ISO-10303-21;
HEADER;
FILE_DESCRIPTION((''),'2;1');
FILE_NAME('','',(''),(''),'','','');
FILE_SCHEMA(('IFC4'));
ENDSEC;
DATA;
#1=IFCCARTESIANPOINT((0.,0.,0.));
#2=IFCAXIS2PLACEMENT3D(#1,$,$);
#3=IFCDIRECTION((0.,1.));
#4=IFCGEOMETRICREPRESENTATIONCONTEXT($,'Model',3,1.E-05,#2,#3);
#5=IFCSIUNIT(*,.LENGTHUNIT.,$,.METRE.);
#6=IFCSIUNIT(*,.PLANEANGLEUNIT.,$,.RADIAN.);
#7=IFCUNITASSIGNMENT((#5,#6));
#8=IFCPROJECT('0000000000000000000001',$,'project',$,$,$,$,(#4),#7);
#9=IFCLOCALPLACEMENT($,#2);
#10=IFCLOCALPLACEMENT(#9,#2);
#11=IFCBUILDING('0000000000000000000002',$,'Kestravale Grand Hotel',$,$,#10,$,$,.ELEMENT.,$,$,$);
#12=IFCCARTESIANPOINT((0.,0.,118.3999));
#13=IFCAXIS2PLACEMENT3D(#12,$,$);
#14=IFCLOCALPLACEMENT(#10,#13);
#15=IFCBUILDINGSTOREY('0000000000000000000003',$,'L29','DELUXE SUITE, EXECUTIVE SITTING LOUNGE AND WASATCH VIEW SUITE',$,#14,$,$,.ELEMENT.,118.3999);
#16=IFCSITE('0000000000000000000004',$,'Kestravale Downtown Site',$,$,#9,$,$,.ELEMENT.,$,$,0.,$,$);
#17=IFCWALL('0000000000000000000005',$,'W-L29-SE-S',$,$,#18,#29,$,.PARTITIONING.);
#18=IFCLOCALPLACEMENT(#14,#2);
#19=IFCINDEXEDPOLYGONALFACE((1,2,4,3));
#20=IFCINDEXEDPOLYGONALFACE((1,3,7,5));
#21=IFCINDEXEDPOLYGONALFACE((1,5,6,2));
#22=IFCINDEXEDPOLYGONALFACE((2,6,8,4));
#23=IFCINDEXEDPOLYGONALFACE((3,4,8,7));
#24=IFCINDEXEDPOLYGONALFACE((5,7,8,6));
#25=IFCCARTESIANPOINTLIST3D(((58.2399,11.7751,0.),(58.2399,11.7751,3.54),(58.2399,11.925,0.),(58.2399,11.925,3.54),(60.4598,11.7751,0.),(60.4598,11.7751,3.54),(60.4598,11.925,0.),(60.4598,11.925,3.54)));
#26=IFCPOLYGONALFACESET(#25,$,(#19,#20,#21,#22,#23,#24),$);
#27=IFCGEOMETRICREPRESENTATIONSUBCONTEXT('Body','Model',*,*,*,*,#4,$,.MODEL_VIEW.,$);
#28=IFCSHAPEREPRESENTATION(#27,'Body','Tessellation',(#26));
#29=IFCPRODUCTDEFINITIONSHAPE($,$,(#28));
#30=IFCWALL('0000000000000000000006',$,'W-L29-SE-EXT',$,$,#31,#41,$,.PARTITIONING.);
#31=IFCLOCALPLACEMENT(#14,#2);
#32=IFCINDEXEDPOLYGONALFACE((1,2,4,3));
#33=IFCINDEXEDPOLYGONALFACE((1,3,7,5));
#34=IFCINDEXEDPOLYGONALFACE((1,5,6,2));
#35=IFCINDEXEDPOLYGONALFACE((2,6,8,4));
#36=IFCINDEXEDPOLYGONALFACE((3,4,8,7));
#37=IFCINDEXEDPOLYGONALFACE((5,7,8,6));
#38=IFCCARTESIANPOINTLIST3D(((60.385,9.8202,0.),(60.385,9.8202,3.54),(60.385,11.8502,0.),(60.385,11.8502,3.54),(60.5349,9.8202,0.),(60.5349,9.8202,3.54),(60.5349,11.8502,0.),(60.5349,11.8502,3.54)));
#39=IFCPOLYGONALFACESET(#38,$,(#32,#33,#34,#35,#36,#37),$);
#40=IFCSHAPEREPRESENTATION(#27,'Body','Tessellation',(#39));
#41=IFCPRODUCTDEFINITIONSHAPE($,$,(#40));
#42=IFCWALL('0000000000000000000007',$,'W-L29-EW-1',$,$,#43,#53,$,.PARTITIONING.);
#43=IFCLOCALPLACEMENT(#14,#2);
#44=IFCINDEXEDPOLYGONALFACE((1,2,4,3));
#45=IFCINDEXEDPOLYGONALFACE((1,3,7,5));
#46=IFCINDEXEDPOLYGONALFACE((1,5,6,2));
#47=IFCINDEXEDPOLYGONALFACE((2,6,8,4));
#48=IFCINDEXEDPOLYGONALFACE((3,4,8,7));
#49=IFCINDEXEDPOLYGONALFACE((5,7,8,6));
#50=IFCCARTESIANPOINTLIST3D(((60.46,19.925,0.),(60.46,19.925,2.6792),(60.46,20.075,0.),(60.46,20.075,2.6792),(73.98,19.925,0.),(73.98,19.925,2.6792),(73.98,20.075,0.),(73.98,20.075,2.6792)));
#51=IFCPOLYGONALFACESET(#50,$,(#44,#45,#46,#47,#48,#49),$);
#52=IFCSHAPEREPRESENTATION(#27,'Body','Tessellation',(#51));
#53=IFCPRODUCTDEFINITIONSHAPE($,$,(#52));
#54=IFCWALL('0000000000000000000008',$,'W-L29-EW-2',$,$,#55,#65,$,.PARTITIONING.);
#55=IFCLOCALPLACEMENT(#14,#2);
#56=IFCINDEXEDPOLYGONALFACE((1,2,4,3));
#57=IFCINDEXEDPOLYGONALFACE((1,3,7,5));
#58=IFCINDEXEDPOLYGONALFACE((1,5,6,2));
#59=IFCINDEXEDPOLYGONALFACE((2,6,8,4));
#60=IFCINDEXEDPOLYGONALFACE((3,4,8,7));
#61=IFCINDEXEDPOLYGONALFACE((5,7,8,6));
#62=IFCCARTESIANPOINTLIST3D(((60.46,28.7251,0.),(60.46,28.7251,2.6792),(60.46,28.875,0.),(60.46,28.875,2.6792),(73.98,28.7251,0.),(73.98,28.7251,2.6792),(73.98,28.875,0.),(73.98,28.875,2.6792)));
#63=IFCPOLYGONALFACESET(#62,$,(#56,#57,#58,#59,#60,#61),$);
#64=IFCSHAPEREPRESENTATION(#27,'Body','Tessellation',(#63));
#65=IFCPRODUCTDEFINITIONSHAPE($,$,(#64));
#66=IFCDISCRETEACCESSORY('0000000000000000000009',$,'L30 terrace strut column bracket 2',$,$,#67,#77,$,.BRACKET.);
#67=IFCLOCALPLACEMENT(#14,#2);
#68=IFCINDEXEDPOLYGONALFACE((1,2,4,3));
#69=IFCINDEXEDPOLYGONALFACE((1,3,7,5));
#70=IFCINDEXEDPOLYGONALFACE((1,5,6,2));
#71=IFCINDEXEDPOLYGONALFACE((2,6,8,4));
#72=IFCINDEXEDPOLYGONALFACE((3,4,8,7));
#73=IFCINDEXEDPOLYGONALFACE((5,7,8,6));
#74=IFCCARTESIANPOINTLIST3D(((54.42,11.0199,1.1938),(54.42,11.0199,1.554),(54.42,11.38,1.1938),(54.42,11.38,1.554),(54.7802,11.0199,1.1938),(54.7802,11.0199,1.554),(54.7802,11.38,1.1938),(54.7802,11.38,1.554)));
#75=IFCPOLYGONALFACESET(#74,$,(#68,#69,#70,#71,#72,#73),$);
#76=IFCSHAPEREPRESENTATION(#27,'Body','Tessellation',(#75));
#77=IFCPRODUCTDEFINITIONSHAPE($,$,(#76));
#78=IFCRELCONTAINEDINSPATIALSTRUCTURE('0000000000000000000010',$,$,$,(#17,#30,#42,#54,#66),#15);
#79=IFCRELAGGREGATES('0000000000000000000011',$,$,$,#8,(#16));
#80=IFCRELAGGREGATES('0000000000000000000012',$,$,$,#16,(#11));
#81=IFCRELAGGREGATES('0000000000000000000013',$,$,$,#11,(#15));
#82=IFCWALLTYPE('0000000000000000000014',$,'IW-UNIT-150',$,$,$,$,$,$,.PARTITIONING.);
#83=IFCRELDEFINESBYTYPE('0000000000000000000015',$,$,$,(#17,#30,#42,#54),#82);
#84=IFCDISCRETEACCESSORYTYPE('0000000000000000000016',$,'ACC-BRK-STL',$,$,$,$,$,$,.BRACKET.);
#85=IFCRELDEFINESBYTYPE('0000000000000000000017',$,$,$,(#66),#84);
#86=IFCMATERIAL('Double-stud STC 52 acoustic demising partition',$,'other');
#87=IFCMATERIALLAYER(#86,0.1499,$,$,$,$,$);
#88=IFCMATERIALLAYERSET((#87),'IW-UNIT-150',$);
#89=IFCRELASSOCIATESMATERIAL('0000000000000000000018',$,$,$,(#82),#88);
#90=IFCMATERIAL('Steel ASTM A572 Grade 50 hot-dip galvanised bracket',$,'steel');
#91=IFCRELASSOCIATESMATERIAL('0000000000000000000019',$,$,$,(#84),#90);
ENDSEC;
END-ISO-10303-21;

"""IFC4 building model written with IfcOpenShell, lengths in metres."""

from ifc_helpers import new_model, si_unit, direction, frame, frame_2d, origin, origin_2d, place, context, subcontext, project, spatial, rectangle, extrude, material, layer, layer_set, type_object, element, save


model = new_model("IFC4")

# Units and contexts
model_context = context("Model", 3, precision=1e-05, world=origin(), true_north=direction((0.0, 1.0)))
body_context = subcontext(model_context, "Body", "Model", "MODEL_VIEW")
ifc_project = project(units=[si_unit("LENGTHUNIT", "METRE"), si_unit("PLANEANGLEUNIT", "RADIAN")], contexts=[model_context])

# Site, building, storey
site_placement = place(None, origin())
site = spatial("IfcSite", under=ifc_project, at=site_placement, Name="Kestravale Downtown Site", CompositionType="ELEMENT", RefElevation=0.0)
building_placement = place(site_placement, origin())
building = spatial("IfcBuilding", under=site, at=building_placement, Name="Kestravale Grand Hotel", CompositionType="ELEMENT")
storey_placement = place(building_placement, frame((0.0, 0.0, 118.3999)))
storey = spatial("IfcBuildingStorey", under=building, at=storey_placement, Name="L29", Description="DELUXE SUITE, EXECUTIVE SITTING LOUNGE AND WASATCH VIEW SUITE", CompositionType="ELEMENT", Elevation=118.3999)

# Walls
ifc_material_1 = material(Name="Double-stud STC 52 acoustic demising partition", Category="other")
ifc_layer_1 = layer(ifc_material_1, 0.1499)
ifc_layer_set_1 = layer_set([ifc_layer_1], Name="IW-UNIT-150")
wall_type_1 = type_object("IfcWallType", Name="IW-UNIT-150", PredefinedType="PARTITIONING", material=ifc_layer_set_1)
wall_1_placement = place(storey_placement, frame((58.24, 11.8501, 0.0), z_axis=(0.0, 0.0, 1.0), x_axis=(1.0, 0.0, 0.0)))
element("IfcWall", 1, at=wall_1_placement, inside=storey, type_object=wall_type_1, Name="W-L29-SE-S", PredefinedType="PARTITIONING", context=body_context, shape_type="SweptSolid", body=[
    extrude(rectangle(XDim=2.22, YDim=0.1499, at=frame_2d((1.1099, 0.0))), origin(), (0.0, 0.0, 1.0), 3.54),
])
wall_2_placement = place(storey_placement, frame((60.46, 9.8201, 0.0), z_axis=(0.0, 0.0, 1.0), x_axis=(0.0, 1.0, 0.0)))
element("IfcWall", 2, at=wall_2_placement, inside=storey, type_object=wall_type_1, Name="W-L29-SE-EXT", PredefinedType="PARTITIONING", context=body_context, shape_type="SweptSolid", body=[
    extrude(rectangle(XDim=2.03, YDim=0.1499, at=frame_2d((1.0151, 0.0))), origin(), (0.0, 0.0, 1.0), 3.54),
])
for number, where, z_axis, x_axis, name in (
    (3, (60.46, 20.0, 0.0), (0.0, 0.0, 1.0), (1.0, 0.0, 0.0), "W-L29-EW-1"),
    (4, (60.46, 28.8, 0.0), (0.0, 0.0, 1.0), (1.0, 0.0, 0.0), "W-L29-EW-2"),
):
    element("IfcWall", number, at=place(storey_placement, frame(where, z_axis=z_axis, x_axis=x_axis)), inside=storey, type_object=wall_type_1, Name=name, PredefinedType="PARTITIONING", context=body_context, shape_type="SweptSolid", body=[
        extrude(rectangle(XDim=13.52, YDim=0.1499, at=frame_2d((6.76, 0.0))), origin(), (0.0, 0.0, 1.0), 2.6792),
    ])

# Discrete accessory
ifc_material_2 = material(Name="Steel ASTM A572 Grade 50 hot-dip galvanised bracket", Category="steel")
discrete_accessory_type = type_object("IfcDiscreteAccessoryType", Name="ACC-BRK-STL", PredefinedType="BRACKET", material=ifc_material_2)
discrete_accessory_placement = place(storey_placement, frame((54.6001, 11.2, 1.1938), z_axis=(0.0, 0.0, 1.0), x_axis=(1.0, 0.0, 0.0)))
element("IfcDiscreteAccessory", 5, at=discrete_accessory_placement, inside=storey, type_object=discrete_accessory_type, Name="L30 terrace strut column bracket 2", PredefinedType="BRACKET", context=body_context, shape_type="SweptSolid", body=[
    extrude(rectangle(XDim=0.3601, YDim=0.3601, at=origin_2d()), origin(), (0.0, 0.0, 1.0), 0.3601),
])

save(model, "model.ifc")
